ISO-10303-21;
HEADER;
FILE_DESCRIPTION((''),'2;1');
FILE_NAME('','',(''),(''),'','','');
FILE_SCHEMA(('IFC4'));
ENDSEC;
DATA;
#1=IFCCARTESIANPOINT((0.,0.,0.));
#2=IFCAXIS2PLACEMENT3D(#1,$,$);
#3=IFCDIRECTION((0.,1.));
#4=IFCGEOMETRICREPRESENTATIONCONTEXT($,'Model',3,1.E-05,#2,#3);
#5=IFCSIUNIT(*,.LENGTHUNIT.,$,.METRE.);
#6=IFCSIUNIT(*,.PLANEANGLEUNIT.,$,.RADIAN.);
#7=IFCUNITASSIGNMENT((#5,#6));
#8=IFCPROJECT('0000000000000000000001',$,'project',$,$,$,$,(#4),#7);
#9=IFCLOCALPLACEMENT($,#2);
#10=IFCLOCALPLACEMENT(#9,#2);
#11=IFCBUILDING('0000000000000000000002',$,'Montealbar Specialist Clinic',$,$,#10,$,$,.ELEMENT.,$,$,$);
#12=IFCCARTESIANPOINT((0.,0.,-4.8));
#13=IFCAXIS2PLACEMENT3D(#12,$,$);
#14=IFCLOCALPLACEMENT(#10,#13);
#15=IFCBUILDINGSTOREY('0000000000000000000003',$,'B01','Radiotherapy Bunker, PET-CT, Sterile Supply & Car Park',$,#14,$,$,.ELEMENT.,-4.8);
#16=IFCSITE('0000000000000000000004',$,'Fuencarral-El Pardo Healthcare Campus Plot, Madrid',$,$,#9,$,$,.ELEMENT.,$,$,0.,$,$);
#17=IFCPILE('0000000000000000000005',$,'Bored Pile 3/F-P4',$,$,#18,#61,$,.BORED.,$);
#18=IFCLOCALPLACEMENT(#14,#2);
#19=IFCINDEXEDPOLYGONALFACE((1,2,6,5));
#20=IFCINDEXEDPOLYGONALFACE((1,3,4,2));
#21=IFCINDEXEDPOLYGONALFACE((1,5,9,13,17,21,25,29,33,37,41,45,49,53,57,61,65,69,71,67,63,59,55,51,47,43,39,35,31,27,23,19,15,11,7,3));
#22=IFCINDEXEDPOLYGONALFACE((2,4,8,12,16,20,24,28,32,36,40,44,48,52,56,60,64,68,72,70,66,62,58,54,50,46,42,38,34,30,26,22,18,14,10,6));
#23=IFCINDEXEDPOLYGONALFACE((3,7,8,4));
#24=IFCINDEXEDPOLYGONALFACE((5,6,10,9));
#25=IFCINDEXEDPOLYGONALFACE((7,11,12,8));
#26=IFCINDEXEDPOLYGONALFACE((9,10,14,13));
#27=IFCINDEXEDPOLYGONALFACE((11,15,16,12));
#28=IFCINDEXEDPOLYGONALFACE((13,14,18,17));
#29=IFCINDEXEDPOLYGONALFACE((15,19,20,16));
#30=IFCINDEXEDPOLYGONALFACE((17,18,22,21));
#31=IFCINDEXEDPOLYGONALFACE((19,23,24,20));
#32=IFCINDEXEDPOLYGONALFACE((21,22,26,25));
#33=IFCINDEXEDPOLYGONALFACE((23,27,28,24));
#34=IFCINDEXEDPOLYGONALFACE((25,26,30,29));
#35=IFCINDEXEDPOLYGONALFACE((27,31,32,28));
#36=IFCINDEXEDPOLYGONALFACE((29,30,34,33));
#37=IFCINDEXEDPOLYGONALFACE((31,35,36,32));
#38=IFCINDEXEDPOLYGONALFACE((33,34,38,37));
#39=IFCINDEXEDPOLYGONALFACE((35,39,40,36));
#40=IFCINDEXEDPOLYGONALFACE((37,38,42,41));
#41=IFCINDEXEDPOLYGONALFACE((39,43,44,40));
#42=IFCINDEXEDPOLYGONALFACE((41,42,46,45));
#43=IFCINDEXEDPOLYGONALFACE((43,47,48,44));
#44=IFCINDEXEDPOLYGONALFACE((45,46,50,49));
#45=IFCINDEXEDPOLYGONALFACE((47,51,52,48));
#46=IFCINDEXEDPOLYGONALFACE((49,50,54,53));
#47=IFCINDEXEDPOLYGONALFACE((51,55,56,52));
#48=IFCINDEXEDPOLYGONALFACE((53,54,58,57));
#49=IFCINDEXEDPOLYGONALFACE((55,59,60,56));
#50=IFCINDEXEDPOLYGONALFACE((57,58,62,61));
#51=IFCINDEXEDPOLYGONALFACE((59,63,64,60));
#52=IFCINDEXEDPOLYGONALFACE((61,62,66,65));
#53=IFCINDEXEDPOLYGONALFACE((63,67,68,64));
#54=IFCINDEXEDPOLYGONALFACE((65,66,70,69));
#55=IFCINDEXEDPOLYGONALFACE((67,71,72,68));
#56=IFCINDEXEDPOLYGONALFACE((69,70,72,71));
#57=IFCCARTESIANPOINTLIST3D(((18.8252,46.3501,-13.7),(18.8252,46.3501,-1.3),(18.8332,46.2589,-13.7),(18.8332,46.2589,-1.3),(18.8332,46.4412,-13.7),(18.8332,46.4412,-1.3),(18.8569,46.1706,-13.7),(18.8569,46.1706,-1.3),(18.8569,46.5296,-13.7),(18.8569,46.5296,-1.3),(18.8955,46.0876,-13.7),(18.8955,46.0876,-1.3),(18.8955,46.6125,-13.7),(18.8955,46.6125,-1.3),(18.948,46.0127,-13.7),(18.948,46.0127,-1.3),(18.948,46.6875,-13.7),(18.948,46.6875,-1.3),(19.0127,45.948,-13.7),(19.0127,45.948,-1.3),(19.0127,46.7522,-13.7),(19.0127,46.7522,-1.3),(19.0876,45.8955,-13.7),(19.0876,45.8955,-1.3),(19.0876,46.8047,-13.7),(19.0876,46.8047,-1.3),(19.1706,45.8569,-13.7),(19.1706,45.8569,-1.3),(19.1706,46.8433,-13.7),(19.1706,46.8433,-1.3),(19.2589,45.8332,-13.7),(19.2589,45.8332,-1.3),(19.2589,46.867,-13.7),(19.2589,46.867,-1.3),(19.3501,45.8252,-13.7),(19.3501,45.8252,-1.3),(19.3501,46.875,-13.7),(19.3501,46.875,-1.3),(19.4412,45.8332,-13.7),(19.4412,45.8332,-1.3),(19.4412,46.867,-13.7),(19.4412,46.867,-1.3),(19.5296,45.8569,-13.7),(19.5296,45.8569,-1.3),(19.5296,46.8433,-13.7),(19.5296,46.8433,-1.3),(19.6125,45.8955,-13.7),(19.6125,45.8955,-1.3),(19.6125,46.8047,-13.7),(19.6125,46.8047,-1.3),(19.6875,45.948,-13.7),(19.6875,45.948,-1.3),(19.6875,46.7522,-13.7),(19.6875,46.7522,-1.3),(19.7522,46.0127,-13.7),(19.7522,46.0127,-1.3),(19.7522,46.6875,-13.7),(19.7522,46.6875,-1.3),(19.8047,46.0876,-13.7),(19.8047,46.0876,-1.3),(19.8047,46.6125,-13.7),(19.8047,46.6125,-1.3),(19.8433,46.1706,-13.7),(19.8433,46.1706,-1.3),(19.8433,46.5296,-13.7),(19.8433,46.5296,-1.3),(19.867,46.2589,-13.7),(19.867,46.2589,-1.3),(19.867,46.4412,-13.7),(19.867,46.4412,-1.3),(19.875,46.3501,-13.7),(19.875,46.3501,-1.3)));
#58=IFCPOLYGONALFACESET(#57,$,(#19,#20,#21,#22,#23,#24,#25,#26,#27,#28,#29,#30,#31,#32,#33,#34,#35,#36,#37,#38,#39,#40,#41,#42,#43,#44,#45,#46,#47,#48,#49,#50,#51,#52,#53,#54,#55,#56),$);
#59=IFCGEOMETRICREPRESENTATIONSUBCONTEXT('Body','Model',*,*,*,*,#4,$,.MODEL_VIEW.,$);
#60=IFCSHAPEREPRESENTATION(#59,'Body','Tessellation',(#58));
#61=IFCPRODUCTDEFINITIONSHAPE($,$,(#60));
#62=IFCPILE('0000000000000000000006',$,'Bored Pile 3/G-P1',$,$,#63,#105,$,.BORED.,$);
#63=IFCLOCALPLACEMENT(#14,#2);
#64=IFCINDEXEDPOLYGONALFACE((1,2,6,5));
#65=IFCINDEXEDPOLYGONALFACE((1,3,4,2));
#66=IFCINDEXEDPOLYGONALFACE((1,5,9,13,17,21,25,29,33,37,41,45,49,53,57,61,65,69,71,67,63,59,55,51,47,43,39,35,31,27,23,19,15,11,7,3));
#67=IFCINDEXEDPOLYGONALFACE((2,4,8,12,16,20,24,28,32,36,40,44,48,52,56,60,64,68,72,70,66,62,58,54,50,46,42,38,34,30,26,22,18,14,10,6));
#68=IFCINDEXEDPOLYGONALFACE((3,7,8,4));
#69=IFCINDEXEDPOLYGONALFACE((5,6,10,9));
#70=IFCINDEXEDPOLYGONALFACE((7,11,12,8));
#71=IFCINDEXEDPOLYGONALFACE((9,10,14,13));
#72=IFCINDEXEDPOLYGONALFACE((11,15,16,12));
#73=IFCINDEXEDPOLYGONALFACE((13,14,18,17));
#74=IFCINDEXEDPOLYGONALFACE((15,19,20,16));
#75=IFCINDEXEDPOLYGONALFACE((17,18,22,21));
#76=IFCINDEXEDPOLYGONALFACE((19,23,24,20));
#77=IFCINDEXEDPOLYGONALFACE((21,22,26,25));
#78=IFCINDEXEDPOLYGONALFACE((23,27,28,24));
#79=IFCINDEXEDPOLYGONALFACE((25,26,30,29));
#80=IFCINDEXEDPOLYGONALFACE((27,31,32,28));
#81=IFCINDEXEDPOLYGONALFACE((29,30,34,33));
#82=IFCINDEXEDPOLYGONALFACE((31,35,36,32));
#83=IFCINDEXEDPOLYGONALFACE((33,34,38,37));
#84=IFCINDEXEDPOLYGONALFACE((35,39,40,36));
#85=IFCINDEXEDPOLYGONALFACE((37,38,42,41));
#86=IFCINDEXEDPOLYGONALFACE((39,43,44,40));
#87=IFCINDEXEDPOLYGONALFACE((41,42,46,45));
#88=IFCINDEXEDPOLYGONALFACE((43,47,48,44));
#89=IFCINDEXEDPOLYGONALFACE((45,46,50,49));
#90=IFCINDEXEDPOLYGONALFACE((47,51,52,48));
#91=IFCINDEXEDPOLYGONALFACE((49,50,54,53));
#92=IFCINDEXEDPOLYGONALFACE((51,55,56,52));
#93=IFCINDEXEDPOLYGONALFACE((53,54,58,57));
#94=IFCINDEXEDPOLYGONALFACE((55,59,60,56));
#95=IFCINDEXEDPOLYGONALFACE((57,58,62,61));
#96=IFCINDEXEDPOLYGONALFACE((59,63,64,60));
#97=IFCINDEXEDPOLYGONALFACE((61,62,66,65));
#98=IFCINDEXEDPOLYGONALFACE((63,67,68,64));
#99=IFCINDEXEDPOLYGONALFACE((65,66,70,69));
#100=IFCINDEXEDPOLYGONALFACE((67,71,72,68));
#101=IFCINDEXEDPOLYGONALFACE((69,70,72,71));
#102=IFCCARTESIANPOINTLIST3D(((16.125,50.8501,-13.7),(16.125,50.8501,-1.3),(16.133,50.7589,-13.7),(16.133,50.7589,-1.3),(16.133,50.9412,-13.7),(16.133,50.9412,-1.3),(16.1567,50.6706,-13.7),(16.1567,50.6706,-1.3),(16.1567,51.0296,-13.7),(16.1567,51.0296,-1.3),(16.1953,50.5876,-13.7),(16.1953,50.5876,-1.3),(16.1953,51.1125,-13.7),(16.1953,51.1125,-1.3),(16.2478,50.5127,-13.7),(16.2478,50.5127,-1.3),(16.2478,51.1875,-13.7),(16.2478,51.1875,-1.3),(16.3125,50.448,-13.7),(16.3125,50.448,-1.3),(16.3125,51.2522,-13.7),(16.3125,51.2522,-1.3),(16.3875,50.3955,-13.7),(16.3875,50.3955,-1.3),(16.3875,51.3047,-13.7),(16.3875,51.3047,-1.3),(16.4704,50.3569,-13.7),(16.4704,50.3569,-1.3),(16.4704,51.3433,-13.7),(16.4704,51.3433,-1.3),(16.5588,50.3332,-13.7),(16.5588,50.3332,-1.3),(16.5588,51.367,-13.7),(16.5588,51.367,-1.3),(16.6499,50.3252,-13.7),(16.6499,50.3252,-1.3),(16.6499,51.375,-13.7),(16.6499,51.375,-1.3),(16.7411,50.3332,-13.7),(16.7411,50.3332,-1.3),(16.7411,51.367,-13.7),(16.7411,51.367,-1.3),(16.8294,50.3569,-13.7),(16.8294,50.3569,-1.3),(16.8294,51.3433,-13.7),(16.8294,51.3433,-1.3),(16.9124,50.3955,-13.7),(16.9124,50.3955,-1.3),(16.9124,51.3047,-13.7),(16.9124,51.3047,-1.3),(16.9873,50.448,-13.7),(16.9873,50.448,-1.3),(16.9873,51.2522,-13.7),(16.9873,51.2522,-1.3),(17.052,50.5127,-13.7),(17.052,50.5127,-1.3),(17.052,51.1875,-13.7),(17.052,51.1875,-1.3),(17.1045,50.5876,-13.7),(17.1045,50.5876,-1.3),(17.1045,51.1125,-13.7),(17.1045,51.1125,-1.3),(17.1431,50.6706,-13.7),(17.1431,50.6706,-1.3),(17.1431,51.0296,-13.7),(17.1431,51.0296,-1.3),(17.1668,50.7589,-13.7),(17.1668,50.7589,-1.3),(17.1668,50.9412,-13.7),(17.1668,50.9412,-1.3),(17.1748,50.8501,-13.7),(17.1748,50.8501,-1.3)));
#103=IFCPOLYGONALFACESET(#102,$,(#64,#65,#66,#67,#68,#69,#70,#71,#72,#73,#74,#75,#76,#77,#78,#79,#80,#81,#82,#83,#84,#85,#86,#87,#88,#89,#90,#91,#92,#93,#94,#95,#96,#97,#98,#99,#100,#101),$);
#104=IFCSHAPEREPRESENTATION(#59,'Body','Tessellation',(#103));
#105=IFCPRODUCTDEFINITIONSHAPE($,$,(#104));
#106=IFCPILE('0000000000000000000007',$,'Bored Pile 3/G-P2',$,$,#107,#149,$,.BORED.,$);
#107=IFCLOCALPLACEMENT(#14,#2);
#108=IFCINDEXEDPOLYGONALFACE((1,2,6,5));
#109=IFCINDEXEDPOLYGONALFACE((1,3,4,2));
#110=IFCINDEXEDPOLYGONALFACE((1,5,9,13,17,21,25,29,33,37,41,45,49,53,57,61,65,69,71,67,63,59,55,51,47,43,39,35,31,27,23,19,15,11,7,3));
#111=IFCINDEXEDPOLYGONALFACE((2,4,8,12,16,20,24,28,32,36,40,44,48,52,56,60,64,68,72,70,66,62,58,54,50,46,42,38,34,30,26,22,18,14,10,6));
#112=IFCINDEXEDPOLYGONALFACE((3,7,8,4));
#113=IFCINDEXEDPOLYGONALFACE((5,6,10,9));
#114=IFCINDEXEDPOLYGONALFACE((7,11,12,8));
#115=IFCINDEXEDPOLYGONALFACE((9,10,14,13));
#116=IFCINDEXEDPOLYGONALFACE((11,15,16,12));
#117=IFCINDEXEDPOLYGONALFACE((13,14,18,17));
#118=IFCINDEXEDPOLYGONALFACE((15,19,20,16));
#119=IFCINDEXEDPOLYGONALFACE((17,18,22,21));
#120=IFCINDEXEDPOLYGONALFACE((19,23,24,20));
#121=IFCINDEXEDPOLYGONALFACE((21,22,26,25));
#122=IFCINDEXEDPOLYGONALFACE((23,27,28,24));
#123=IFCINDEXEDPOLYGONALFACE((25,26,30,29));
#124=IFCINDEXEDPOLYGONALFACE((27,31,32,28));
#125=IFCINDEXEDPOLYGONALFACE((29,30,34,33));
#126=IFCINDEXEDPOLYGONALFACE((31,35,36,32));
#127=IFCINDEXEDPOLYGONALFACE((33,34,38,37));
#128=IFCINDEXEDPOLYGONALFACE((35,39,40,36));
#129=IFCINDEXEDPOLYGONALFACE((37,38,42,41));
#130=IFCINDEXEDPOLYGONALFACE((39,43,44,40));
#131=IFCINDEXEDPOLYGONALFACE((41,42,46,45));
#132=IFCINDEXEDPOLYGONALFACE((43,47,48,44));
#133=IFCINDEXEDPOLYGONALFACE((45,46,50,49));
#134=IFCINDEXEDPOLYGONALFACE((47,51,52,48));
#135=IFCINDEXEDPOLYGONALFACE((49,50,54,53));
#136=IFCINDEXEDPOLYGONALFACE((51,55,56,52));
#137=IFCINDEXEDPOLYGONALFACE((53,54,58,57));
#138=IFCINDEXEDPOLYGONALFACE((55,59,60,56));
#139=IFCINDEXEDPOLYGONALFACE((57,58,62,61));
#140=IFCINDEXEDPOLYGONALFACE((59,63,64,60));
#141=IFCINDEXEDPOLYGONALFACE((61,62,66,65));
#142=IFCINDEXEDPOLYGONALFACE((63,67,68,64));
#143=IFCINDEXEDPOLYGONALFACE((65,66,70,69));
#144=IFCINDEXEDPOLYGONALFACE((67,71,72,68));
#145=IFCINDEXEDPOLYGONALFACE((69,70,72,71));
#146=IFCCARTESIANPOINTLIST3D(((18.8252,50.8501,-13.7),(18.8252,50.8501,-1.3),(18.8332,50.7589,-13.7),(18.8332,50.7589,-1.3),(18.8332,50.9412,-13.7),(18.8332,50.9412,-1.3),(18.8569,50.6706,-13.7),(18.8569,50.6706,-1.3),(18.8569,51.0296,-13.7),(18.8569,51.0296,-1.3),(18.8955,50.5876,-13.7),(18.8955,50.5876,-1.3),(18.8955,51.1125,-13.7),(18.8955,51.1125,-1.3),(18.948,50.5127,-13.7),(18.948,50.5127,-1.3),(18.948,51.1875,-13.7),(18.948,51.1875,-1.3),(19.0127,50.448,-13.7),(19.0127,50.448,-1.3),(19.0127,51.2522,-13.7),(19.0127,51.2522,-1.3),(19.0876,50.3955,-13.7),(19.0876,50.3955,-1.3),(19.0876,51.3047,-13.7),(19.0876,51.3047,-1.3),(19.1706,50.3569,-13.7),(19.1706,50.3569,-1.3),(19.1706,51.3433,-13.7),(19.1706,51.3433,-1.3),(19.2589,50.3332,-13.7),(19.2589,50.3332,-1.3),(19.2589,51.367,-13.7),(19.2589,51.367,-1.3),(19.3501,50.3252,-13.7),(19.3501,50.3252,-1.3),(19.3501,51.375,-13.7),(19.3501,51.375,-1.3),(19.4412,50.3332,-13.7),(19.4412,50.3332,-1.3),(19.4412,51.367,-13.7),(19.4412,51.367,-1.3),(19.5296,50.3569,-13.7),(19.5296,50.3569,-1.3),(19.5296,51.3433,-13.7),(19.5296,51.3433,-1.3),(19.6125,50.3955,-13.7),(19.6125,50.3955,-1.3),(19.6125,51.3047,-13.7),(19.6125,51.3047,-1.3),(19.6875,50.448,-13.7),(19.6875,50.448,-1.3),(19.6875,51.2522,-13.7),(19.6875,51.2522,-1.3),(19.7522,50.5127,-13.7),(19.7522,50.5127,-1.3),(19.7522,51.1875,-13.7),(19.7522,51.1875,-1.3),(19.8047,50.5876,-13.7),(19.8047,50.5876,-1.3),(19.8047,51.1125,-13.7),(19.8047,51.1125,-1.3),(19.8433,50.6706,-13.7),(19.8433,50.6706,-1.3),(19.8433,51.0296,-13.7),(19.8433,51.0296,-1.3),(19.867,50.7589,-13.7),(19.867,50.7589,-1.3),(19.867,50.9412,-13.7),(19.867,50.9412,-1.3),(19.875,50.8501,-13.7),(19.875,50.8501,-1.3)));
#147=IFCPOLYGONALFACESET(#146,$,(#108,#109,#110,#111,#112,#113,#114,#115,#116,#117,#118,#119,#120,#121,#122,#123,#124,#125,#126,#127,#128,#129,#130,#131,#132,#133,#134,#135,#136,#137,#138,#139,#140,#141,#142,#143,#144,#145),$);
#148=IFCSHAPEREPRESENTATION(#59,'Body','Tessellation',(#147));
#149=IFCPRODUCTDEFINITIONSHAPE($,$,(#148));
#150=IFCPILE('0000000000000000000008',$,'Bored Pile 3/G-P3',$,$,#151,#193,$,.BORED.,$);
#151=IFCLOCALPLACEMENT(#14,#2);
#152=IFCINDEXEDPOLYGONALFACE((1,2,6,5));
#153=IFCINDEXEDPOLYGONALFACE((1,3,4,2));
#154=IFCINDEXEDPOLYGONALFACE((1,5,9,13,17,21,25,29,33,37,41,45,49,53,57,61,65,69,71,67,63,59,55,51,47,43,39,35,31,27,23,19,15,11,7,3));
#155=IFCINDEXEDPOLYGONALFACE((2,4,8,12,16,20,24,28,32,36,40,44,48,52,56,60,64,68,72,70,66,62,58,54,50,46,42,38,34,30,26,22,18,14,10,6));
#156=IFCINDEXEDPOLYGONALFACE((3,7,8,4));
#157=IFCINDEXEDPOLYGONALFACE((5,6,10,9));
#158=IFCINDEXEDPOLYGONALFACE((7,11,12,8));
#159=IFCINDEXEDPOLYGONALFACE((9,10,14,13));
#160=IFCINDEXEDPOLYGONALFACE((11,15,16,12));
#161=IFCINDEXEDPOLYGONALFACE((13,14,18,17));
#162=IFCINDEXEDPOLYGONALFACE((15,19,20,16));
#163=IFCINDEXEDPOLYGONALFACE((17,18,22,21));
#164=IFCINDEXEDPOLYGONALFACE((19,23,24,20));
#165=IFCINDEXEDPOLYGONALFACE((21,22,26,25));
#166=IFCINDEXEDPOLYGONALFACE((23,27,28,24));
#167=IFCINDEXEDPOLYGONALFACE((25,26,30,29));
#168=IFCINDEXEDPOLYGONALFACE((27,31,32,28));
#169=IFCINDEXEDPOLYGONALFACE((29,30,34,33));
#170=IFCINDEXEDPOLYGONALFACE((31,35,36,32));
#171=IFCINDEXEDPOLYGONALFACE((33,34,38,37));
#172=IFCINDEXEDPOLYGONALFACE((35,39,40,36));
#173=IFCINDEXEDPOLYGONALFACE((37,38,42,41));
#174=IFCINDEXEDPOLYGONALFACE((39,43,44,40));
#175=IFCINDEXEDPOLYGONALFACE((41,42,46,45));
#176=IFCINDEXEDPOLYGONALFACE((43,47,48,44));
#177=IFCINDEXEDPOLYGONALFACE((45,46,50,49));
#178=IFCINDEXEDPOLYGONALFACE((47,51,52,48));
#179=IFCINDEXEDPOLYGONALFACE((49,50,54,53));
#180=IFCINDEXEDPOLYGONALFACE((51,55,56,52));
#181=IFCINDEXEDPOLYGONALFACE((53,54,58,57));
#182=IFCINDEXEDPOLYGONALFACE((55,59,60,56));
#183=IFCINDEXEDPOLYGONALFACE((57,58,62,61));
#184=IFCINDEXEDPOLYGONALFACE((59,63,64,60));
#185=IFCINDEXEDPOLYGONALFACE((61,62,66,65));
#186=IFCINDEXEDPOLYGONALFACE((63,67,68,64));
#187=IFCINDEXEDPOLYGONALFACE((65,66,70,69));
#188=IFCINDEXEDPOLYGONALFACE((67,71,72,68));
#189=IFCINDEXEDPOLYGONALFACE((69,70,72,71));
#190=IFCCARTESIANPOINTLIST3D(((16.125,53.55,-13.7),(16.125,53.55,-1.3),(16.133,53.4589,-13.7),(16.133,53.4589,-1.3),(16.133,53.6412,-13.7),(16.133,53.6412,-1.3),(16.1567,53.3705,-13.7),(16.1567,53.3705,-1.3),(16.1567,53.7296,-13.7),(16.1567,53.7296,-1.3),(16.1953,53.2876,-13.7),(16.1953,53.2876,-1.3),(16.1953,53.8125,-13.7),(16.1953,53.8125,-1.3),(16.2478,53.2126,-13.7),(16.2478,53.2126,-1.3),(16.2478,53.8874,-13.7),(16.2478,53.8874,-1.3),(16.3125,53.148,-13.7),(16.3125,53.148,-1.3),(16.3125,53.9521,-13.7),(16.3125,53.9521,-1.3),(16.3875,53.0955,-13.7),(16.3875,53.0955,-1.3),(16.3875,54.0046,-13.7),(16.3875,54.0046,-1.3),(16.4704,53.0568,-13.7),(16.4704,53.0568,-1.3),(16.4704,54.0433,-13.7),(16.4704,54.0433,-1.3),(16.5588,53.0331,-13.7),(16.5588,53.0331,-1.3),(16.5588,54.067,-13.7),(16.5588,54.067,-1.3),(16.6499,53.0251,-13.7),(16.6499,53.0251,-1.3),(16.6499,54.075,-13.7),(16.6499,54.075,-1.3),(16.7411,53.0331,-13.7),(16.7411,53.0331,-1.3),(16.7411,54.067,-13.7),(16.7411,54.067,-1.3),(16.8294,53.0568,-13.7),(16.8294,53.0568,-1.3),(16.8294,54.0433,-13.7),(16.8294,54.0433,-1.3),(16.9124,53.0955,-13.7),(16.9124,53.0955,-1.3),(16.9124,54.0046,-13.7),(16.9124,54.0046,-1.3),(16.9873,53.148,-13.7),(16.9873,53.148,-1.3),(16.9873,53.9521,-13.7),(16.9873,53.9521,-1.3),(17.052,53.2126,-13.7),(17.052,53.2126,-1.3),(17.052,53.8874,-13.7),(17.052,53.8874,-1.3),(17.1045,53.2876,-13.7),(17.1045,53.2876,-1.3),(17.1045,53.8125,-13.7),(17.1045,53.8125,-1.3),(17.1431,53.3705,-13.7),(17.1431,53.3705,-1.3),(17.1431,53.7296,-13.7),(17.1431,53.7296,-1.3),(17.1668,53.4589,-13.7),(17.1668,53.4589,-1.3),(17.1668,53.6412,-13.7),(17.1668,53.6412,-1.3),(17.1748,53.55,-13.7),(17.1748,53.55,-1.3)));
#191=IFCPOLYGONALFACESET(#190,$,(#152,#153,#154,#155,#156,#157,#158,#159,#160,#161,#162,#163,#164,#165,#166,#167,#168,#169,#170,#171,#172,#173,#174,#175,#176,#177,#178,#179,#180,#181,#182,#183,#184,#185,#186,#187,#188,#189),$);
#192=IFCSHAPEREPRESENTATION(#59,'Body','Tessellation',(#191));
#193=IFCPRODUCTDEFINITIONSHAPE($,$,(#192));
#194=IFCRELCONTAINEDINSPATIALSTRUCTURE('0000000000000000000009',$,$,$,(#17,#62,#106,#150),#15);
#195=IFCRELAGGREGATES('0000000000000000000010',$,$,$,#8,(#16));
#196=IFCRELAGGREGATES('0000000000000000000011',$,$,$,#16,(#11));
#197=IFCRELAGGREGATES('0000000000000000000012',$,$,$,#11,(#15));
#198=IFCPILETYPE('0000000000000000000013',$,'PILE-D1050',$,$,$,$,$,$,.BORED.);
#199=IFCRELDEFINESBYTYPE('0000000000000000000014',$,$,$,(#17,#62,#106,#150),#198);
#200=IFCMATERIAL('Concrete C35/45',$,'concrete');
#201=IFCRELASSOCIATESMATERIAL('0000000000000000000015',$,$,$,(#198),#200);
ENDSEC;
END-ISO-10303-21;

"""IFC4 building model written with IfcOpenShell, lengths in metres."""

from ifc_helpers import new_model, si_unit, direction, frame, origin, origin_2d, place, context, subcontext, project, spatial, circle, extrude, material, material_profile, profile_set, type_object, element, save


model = new_model("IFC4")

# Units and contexts
model_context = context("Model", 3, precision=1e-05, world=origin(), true_north=direction((0.0, 1.0)))
body_context = subcontext(model_context, "Body", "Model", "MODEL_VIEW")
ifc_project = project(units=[si_unit("LENGTHUNIT", "METRE"), si_unit("PLANEANGLEUNIT", "RADIAN")], contexts=[model_context])

# Site, building, storey
site_placement = place(None, origin())
site = spatial("IfcSite", under=ifc_project, at=site_placement, Name="Fuencarral-El Pardo Healthcare Campus Plot, Madrid", CompositionType="ELEMENT", RefElevation=0.0)
building_placement = place(site_placement, origin())
building = spatial("IfcBuilding", under=site, at=building_placement, Name="Montealbar Specialist Clinic", CompositionType="ELEMENT")
storey_placement = place(building_placement, frame((0.0, 0.0, -4.8)))
storey = spatial("IfcBuildingStorey", under=building, at=storey_placement, Name="B01", Description="Radiotherapy Bunker, PET-CT, Sterile Supply & Car Park", CompositionType="ELEMENT", Elevation=-4.8)

# Shared definitions
ifc_material_1 = material(Name="Concrete C35/45", Category="concrete")

# Piles
ifc_material_profile_1 = material_profile(ifc_material_1, circle(Radius=0.5249, at=origin_2d()), Name="PILE D1050", Category="concrete")
ifc_profile_set_1 = profile_set([ifc_material_profile_1], Name="Concrete C35/45")
pile_type = type_object("IfcPileType", Name="PILE-D1050", PredefinedType="BORED", material=ifc_profile_set_1)
for number, where, z_axis, x_axis, name in (
    (1, (19.3501, 46.3501, -1.3), (0.0, 0.0, -1.0), (1.0, 0.0, 0.0), "Bored Pile 3/F-P4"),
    (2, (16.6499, 50.8501, -1.3), (0.0, 0.0, -1.0), (1.0, 0.0, 0.0), "Bored Pile 3/G-P1"),
    (3, (19.3501, 50.8501, -1.3), (0.0, 0.0, -1.0), (1.0, 0.0, 0.0), "Bored Pile 3/G-P2"),
    (4, (16.6499, 53.55, -1.3), (0.0, 0.0, -1.0), (1.0, 0.0, 0.0), "Bored Pile 3/G-P3"),
):
    element("IfcPile", number, at=place(storey_placement, frame(where, z_axis=z_axis, x_axis=x_axis)), inside=storey, type_object=pile_type, Name=name, PredefinedType="BORED", context=body_context, shape_type="SweptSolid", body=[
        extrude(circle(Radius=0.5249, at=origin_2d()), origin(), (0.0, 0.0, 1.0), 12.3999),
    ])

save(model, "model.ifc")
